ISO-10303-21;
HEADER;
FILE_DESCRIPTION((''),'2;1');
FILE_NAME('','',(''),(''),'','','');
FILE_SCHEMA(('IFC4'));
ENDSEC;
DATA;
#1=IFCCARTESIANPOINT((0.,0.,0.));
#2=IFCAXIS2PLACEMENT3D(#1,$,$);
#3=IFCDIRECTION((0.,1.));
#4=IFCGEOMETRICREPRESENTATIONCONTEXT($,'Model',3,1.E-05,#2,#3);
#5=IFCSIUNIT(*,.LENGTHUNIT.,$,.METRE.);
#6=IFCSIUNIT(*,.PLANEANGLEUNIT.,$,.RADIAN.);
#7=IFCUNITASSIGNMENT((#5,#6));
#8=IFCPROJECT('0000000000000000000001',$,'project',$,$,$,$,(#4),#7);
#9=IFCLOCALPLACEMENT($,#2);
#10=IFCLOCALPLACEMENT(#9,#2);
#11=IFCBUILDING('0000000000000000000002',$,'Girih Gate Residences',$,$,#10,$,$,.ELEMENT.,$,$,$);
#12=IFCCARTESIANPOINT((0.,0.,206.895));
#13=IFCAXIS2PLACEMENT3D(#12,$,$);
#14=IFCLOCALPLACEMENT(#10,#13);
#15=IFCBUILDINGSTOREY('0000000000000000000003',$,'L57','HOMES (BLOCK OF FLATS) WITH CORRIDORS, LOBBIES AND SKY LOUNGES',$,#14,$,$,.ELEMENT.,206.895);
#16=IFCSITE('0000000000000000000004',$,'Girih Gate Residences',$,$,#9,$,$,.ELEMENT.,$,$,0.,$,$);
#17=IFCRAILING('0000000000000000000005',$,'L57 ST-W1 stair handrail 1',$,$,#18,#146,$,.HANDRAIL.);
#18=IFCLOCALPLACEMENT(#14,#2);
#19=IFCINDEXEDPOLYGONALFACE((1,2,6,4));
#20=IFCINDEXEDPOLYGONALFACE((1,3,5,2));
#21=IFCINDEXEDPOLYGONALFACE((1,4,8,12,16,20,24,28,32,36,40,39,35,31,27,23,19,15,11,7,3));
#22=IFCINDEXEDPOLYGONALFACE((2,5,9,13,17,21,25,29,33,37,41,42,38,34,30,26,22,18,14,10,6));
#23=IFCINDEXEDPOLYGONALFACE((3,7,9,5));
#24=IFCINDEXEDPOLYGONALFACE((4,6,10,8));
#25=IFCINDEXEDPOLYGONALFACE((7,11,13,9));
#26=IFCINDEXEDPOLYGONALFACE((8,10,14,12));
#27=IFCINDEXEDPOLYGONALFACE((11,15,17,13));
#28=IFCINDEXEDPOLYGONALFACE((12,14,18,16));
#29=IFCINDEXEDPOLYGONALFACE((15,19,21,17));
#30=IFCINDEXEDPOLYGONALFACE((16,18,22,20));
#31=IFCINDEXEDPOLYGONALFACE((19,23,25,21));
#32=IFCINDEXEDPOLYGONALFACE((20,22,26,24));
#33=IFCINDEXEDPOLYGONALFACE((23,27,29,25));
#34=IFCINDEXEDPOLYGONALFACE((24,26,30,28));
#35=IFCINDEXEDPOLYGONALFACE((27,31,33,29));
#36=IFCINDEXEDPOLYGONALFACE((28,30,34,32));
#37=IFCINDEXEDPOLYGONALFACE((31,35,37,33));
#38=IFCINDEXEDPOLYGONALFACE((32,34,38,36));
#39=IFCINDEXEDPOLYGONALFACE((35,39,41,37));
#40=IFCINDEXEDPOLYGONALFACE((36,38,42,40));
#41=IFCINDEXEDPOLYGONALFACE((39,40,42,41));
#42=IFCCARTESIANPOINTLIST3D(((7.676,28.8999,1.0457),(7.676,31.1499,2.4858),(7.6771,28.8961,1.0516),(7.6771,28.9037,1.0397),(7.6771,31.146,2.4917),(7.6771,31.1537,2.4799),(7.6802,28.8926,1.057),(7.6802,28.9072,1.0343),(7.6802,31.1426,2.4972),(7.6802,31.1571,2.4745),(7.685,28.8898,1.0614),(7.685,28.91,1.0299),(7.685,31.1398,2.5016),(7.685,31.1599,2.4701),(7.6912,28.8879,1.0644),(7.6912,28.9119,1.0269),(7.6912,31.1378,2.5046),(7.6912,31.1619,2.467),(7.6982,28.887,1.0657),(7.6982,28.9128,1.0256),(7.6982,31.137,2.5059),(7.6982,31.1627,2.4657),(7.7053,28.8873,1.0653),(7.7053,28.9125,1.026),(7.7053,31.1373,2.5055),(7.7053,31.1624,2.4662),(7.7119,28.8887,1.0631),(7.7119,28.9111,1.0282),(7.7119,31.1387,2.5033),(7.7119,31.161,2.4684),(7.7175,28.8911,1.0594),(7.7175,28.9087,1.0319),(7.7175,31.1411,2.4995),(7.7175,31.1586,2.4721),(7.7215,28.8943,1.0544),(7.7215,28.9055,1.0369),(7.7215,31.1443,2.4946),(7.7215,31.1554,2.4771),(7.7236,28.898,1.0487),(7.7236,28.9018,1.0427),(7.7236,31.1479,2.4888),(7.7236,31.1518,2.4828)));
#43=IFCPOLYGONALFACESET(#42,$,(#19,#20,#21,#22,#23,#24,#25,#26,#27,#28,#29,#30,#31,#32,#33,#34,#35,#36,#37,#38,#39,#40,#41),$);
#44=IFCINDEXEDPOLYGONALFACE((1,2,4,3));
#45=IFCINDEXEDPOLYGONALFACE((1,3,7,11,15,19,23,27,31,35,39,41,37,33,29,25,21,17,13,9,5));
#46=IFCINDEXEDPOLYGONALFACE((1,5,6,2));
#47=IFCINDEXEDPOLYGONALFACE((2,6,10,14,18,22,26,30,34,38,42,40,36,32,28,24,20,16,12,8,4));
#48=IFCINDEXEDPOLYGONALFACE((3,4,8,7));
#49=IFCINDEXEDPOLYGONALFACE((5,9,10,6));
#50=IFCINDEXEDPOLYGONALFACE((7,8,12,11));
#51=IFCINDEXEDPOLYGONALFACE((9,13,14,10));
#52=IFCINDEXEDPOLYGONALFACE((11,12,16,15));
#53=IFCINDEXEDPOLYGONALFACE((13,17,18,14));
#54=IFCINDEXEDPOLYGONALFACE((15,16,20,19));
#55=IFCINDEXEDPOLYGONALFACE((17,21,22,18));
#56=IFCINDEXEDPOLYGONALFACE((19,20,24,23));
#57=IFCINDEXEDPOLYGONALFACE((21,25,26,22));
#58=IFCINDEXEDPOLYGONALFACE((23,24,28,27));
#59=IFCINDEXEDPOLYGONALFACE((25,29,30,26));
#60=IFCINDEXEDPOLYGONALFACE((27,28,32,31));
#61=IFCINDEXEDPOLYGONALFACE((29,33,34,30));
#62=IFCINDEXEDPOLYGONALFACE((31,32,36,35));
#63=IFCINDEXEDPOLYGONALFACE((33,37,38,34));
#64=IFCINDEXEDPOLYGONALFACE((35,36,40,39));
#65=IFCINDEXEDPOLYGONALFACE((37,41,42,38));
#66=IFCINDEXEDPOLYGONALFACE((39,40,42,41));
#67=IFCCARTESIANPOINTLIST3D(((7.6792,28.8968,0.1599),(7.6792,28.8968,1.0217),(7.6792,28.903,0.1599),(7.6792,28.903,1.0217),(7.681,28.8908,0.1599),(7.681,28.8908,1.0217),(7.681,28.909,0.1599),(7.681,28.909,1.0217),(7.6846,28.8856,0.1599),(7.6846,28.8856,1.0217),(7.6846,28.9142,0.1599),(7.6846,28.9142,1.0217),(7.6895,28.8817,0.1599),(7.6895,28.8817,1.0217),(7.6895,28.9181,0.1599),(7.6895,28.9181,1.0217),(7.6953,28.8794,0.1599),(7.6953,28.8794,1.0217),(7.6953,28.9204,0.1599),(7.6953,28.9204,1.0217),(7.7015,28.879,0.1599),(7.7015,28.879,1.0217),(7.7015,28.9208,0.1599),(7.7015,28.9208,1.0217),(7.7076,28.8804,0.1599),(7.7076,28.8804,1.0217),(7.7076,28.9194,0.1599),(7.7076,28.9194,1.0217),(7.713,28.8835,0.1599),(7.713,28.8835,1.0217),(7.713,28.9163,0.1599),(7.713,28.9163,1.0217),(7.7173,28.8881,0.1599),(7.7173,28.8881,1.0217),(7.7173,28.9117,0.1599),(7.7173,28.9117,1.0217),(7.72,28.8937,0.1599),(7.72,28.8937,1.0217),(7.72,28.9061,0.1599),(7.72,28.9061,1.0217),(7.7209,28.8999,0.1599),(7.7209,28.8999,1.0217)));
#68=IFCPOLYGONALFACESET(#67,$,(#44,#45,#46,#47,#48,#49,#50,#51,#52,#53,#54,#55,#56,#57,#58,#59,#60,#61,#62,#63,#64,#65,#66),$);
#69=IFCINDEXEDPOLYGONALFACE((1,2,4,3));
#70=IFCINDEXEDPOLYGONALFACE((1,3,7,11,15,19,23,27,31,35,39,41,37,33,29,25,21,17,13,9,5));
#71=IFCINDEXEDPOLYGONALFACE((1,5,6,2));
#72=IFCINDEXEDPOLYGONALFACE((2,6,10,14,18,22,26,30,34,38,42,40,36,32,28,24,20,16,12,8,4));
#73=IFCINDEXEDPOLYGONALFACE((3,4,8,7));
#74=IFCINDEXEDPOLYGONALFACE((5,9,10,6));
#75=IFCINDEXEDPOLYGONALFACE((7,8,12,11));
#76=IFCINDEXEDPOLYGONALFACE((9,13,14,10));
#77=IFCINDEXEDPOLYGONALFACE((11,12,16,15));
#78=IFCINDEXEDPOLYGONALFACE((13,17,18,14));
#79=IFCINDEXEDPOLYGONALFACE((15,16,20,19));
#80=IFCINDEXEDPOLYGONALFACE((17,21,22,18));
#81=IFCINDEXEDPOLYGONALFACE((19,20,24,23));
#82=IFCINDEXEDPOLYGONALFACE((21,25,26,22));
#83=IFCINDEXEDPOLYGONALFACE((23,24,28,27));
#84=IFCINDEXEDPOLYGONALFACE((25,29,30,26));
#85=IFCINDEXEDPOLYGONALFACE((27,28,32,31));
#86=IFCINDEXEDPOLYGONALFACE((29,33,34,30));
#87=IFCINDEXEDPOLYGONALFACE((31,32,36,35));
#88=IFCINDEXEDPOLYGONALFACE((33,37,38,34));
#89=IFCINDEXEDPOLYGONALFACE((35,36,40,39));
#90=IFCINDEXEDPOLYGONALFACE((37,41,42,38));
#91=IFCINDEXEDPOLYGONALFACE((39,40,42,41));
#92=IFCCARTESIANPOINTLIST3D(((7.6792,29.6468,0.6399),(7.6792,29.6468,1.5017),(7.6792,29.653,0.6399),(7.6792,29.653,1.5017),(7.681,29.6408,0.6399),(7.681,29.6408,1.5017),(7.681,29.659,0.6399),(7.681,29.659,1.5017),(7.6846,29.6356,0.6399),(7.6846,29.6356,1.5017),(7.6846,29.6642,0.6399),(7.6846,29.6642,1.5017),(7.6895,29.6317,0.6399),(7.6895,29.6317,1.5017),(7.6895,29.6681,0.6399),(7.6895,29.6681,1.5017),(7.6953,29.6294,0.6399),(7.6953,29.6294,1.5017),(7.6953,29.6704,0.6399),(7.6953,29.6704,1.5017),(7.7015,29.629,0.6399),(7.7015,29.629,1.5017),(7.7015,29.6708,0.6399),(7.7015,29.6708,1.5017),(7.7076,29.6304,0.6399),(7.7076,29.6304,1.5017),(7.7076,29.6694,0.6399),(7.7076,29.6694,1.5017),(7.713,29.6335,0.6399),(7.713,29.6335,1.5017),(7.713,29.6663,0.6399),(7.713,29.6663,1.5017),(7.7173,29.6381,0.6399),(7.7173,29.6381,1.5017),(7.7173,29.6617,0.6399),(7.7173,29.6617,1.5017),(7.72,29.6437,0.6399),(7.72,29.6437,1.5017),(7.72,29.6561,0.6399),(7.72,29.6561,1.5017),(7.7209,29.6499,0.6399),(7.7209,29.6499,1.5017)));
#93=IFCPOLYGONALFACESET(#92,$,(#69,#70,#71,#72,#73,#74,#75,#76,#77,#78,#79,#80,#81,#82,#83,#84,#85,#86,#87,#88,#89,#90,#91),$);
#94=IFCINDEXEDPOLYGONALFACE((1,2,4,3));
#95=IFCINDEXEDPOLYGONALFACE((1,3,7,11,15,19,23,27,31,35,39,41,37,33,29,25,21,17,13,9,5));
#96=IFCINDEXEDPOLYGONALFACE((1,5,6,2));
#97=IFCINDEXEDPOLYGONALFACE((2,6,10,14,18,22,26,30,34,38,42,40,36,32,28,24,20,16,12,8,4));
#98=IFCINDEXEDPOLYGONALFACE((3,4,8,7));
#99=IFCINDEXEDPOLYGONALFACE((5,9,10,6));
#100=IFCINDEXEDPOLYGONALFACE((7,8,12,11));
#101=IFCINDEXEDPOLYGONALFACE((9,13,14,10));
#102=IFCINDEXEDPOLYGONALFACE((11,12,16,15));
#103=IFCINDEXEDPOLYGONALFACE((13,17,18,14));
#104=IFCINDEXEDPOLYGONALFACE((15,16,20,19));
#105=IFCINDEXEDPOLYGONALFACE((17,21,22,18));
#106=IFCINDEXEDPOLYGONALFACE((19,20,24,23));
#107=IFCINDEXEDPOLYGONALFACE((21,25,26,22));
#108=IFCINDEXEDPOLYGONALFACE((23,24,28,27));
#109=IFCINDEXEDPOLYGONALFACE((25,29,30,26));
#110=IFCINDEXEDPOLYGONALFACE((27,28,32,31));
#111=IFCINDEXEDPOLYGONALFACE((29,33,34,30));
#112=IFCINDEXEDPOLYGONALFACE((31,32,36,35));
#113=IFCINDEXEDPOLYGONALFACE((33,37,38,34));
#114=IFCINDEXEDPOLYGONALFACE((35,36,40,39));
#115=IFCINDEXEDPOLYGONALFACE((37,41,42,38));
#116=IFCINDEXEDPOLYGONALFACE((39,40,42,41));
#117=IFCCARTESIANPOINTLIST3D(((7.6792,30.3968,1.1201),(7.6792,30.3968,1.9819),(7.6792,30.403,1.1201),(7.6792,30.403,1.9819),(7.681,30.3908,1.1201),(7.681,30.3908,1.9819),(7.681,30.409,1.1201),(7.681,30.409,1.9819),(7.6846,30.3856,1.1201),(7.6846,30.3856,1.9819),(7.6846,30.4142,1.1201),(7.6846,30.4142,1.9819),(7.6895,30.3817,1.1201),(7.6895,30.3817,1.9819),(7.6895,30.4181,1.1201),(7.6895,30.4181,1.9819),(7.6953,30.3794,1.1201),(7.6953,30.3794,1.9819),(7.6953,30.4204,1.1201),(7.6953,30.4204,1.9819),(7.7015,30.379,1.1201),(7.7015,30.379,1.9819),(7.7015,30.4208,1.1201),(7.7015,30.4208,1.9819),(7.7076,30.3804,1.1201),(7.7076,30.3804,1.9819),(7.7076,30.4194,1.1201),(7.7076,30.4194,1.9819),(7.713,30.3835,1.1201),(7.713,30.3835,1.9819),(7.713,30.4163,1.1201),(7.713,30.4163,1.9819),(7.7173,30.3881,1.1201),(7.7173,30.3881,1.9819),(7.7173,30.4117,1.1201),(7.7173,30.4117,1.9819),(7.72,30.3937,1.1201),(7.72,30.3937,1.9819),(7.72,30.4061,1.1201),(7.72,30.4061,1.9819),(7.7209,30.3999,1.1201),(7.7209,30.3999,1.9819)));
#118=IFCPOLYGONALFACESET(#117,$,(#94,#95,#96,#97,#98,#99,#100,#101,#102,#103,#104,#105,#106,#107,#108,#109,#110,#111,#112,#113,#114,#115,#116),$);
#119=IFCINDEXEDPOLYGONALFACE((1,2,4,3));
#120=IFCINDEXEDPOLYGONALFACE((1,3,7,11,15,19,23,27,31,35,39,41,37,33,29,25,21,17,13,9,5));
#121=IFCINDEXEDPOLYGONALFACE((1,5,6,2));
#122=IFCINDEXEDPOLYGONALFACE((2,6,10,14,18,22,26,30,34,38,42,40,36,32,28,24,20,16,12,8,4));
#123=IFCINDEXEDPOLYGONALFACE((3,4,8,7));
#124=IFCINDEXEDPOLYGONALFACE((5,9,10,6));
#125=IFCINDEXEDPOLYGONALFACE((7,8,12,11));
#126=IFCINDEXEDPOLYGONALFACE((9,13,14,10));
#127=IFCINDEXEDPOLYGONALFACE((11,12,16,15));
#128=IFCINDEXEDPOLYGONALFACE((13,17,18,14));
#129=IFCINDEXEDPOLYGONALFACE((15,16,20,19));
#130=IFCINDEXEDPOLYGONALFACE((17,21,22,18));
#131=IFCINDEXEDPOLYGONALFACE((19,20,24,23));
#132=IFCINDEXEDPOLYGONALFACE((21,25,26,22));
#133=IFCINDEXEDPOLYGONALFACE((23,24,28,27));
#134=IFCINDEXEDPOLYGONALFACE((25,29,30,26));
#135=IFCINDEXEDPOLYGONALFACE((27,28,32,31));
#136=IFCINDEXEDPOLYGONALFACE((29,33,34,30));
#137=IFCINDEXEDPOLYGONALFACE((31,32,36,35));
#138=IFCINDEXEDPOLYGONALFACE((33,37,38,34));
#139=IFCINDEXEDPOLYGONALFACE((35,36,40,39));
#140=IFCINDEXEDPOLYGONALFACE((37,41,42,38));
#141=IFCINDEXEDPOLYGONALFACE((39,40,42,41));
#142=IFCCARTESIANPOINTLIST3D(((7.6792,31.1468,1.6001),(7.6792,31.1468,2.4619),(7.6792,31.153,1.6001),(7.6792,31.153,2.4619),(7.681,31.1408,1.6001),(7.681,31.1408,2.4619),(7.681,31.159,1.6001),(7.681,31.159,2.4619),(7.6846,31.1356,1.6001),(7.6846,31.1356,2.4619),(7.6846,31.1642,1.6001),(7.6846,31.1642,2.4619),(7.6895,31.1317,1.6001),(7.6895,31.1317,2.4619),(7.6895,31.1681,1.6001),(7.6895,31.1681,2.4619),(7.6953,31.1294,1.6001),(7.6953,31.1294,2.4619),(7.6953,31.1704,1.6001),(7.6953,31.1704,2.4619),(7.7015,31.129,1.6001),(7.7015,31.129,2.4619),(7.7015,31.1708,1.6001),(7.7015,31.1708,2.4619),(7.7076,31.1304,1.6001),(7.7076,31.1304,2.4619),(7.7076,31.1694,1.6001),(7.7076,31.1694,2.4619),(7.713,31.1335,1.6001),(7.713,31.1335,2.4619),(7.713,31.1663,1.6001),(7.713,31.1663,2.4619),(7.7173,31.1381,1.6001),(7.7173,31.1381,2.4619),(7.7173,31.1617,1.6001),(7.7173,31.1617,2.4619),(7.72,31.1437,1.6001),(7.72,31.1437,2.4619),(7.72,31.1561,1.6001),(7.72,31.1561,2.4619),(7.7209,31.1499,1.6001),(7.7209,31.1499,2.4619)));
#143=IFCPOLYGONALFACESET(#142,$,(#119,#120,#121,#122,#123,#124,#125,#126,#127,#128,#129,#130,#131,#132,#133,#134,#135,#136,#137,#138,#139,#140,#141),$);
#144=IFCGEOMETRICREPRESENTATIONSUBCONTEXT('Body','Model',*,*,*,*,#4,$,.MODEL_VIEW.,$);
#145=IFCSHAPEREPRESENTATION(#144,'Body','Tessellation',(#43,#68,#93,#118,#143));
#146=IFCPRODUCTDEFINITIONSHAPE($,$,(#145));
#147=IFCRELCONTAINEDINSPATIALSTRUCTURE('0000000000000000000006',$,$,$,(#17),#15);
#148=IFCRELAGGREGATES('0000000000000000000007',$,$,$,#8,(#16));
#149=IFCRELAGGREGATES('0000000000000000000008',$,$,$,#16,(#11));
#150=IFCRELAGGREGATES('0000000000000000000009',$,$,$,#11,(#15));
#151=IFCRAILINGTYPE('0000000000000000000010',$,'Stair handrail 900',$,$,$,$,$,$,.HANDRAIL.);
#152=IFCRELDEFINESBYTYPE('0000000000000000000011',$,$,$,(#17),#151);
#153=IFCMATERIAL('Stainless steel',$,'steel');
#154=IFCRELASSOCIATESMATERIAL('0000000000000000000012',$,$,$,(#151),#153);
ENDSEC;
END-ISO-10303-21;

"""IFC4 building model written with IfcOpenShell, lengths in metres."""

from ifc_helpers import new_model, si_unit, direction, frame, origin, origin_2d, place, context, subcontext, project, spatial, circle, extrude, material, type_object, element, save


model = new_model("IFC4")

# Units and contexts
model_context = context("Model", 3, precision=1e-05, world=origin(), true_north=direction((0.0, 1.0)))
body_context = subcontext(model_context, "Body", "Model", "MODEL_VIEW")
ifc_project = project(units=[si_unit("LENGTHUNIT", "METRE"), si_unit("PLANEANGLEUNIT", "RADIAN")], contexts=[model_context])

# Site, building, storey
site_placement = place(None, origin())
site = spatial("IfcSite", under=ifc_project, at=site_placement, Name="Girih Gate Residences", CompositionType="ELEMENT", RefElevation=0.0)
building_placement = place(site_placement, origin())
building = spatial("IfcBuilding", under=site, at=building_placement, Name="Girih Gate Residences", CompositionType="ELEMENT")
storey_placement = place(building_placement, frame((0.0, 0.0, 206.895)))
storey = spatial("IfcBuildingStorey", under=building, at=storey_placement, Name="L57", Description="HOMES (BLOCK OF FLATS) WITH CORRIDORS, LOBBIES AND SKY LOUNGES", CompositionType="ELEMENT", Elevation=206.895)

# Railing
ifc_material_1 = material(Name="Stainless steel", Category="steel")
railing_type_1 = type_object("IfcRailingType", Name="Stair handrail 900", PredefinedType="HANDRAIL", material=ifc_material_1)
for number, where, name in (
    (1, (7.7, 28.8999, 0.1599), "L57 ST-W1 stair handrail 1"),
):
    element("IfcRailing", number, at=place(storey_placement, frame(where)), inside=storey, type_object=railing_type_1, Name=name, PredefinedType="HANDRAIL", context=body_context, shape_type="SweptSolid", body=[
        extrude(circle(Radius=0.0239, at=origin_2d()), frame((0.0, 0.0, 0.8857), z_axis=(0.0, 0.84224, 0.539103), x_axis=(-1.0, 0.0, 0.0)), (0.0, 0.0, 1.0), 2.6714),
        extrude(circle(Radius=0.021, at=origin_2d()), origin(), (0.0, 0.0, 1.0), 0.8618),
        extrude(circle(Radius=0.021, at=origin_2d()), frame((0.0, 0.75, 0.48)), (0.0, 0.0, 1.0), 0.8618),
        extrude(circle(Radius=0.021, at=origin_2d()), frame((0.0, 1.5, 0.9602)), (0.0, 0.0, 1.0), 0.8618),
        extrude(circle(Radius=0.021, at=origin_2d()), frame((0.0, 2.25, 1.4402)), (0.0, 0.0, 1.0), 0.8618),
    ])

save(model, "model.ifc")
